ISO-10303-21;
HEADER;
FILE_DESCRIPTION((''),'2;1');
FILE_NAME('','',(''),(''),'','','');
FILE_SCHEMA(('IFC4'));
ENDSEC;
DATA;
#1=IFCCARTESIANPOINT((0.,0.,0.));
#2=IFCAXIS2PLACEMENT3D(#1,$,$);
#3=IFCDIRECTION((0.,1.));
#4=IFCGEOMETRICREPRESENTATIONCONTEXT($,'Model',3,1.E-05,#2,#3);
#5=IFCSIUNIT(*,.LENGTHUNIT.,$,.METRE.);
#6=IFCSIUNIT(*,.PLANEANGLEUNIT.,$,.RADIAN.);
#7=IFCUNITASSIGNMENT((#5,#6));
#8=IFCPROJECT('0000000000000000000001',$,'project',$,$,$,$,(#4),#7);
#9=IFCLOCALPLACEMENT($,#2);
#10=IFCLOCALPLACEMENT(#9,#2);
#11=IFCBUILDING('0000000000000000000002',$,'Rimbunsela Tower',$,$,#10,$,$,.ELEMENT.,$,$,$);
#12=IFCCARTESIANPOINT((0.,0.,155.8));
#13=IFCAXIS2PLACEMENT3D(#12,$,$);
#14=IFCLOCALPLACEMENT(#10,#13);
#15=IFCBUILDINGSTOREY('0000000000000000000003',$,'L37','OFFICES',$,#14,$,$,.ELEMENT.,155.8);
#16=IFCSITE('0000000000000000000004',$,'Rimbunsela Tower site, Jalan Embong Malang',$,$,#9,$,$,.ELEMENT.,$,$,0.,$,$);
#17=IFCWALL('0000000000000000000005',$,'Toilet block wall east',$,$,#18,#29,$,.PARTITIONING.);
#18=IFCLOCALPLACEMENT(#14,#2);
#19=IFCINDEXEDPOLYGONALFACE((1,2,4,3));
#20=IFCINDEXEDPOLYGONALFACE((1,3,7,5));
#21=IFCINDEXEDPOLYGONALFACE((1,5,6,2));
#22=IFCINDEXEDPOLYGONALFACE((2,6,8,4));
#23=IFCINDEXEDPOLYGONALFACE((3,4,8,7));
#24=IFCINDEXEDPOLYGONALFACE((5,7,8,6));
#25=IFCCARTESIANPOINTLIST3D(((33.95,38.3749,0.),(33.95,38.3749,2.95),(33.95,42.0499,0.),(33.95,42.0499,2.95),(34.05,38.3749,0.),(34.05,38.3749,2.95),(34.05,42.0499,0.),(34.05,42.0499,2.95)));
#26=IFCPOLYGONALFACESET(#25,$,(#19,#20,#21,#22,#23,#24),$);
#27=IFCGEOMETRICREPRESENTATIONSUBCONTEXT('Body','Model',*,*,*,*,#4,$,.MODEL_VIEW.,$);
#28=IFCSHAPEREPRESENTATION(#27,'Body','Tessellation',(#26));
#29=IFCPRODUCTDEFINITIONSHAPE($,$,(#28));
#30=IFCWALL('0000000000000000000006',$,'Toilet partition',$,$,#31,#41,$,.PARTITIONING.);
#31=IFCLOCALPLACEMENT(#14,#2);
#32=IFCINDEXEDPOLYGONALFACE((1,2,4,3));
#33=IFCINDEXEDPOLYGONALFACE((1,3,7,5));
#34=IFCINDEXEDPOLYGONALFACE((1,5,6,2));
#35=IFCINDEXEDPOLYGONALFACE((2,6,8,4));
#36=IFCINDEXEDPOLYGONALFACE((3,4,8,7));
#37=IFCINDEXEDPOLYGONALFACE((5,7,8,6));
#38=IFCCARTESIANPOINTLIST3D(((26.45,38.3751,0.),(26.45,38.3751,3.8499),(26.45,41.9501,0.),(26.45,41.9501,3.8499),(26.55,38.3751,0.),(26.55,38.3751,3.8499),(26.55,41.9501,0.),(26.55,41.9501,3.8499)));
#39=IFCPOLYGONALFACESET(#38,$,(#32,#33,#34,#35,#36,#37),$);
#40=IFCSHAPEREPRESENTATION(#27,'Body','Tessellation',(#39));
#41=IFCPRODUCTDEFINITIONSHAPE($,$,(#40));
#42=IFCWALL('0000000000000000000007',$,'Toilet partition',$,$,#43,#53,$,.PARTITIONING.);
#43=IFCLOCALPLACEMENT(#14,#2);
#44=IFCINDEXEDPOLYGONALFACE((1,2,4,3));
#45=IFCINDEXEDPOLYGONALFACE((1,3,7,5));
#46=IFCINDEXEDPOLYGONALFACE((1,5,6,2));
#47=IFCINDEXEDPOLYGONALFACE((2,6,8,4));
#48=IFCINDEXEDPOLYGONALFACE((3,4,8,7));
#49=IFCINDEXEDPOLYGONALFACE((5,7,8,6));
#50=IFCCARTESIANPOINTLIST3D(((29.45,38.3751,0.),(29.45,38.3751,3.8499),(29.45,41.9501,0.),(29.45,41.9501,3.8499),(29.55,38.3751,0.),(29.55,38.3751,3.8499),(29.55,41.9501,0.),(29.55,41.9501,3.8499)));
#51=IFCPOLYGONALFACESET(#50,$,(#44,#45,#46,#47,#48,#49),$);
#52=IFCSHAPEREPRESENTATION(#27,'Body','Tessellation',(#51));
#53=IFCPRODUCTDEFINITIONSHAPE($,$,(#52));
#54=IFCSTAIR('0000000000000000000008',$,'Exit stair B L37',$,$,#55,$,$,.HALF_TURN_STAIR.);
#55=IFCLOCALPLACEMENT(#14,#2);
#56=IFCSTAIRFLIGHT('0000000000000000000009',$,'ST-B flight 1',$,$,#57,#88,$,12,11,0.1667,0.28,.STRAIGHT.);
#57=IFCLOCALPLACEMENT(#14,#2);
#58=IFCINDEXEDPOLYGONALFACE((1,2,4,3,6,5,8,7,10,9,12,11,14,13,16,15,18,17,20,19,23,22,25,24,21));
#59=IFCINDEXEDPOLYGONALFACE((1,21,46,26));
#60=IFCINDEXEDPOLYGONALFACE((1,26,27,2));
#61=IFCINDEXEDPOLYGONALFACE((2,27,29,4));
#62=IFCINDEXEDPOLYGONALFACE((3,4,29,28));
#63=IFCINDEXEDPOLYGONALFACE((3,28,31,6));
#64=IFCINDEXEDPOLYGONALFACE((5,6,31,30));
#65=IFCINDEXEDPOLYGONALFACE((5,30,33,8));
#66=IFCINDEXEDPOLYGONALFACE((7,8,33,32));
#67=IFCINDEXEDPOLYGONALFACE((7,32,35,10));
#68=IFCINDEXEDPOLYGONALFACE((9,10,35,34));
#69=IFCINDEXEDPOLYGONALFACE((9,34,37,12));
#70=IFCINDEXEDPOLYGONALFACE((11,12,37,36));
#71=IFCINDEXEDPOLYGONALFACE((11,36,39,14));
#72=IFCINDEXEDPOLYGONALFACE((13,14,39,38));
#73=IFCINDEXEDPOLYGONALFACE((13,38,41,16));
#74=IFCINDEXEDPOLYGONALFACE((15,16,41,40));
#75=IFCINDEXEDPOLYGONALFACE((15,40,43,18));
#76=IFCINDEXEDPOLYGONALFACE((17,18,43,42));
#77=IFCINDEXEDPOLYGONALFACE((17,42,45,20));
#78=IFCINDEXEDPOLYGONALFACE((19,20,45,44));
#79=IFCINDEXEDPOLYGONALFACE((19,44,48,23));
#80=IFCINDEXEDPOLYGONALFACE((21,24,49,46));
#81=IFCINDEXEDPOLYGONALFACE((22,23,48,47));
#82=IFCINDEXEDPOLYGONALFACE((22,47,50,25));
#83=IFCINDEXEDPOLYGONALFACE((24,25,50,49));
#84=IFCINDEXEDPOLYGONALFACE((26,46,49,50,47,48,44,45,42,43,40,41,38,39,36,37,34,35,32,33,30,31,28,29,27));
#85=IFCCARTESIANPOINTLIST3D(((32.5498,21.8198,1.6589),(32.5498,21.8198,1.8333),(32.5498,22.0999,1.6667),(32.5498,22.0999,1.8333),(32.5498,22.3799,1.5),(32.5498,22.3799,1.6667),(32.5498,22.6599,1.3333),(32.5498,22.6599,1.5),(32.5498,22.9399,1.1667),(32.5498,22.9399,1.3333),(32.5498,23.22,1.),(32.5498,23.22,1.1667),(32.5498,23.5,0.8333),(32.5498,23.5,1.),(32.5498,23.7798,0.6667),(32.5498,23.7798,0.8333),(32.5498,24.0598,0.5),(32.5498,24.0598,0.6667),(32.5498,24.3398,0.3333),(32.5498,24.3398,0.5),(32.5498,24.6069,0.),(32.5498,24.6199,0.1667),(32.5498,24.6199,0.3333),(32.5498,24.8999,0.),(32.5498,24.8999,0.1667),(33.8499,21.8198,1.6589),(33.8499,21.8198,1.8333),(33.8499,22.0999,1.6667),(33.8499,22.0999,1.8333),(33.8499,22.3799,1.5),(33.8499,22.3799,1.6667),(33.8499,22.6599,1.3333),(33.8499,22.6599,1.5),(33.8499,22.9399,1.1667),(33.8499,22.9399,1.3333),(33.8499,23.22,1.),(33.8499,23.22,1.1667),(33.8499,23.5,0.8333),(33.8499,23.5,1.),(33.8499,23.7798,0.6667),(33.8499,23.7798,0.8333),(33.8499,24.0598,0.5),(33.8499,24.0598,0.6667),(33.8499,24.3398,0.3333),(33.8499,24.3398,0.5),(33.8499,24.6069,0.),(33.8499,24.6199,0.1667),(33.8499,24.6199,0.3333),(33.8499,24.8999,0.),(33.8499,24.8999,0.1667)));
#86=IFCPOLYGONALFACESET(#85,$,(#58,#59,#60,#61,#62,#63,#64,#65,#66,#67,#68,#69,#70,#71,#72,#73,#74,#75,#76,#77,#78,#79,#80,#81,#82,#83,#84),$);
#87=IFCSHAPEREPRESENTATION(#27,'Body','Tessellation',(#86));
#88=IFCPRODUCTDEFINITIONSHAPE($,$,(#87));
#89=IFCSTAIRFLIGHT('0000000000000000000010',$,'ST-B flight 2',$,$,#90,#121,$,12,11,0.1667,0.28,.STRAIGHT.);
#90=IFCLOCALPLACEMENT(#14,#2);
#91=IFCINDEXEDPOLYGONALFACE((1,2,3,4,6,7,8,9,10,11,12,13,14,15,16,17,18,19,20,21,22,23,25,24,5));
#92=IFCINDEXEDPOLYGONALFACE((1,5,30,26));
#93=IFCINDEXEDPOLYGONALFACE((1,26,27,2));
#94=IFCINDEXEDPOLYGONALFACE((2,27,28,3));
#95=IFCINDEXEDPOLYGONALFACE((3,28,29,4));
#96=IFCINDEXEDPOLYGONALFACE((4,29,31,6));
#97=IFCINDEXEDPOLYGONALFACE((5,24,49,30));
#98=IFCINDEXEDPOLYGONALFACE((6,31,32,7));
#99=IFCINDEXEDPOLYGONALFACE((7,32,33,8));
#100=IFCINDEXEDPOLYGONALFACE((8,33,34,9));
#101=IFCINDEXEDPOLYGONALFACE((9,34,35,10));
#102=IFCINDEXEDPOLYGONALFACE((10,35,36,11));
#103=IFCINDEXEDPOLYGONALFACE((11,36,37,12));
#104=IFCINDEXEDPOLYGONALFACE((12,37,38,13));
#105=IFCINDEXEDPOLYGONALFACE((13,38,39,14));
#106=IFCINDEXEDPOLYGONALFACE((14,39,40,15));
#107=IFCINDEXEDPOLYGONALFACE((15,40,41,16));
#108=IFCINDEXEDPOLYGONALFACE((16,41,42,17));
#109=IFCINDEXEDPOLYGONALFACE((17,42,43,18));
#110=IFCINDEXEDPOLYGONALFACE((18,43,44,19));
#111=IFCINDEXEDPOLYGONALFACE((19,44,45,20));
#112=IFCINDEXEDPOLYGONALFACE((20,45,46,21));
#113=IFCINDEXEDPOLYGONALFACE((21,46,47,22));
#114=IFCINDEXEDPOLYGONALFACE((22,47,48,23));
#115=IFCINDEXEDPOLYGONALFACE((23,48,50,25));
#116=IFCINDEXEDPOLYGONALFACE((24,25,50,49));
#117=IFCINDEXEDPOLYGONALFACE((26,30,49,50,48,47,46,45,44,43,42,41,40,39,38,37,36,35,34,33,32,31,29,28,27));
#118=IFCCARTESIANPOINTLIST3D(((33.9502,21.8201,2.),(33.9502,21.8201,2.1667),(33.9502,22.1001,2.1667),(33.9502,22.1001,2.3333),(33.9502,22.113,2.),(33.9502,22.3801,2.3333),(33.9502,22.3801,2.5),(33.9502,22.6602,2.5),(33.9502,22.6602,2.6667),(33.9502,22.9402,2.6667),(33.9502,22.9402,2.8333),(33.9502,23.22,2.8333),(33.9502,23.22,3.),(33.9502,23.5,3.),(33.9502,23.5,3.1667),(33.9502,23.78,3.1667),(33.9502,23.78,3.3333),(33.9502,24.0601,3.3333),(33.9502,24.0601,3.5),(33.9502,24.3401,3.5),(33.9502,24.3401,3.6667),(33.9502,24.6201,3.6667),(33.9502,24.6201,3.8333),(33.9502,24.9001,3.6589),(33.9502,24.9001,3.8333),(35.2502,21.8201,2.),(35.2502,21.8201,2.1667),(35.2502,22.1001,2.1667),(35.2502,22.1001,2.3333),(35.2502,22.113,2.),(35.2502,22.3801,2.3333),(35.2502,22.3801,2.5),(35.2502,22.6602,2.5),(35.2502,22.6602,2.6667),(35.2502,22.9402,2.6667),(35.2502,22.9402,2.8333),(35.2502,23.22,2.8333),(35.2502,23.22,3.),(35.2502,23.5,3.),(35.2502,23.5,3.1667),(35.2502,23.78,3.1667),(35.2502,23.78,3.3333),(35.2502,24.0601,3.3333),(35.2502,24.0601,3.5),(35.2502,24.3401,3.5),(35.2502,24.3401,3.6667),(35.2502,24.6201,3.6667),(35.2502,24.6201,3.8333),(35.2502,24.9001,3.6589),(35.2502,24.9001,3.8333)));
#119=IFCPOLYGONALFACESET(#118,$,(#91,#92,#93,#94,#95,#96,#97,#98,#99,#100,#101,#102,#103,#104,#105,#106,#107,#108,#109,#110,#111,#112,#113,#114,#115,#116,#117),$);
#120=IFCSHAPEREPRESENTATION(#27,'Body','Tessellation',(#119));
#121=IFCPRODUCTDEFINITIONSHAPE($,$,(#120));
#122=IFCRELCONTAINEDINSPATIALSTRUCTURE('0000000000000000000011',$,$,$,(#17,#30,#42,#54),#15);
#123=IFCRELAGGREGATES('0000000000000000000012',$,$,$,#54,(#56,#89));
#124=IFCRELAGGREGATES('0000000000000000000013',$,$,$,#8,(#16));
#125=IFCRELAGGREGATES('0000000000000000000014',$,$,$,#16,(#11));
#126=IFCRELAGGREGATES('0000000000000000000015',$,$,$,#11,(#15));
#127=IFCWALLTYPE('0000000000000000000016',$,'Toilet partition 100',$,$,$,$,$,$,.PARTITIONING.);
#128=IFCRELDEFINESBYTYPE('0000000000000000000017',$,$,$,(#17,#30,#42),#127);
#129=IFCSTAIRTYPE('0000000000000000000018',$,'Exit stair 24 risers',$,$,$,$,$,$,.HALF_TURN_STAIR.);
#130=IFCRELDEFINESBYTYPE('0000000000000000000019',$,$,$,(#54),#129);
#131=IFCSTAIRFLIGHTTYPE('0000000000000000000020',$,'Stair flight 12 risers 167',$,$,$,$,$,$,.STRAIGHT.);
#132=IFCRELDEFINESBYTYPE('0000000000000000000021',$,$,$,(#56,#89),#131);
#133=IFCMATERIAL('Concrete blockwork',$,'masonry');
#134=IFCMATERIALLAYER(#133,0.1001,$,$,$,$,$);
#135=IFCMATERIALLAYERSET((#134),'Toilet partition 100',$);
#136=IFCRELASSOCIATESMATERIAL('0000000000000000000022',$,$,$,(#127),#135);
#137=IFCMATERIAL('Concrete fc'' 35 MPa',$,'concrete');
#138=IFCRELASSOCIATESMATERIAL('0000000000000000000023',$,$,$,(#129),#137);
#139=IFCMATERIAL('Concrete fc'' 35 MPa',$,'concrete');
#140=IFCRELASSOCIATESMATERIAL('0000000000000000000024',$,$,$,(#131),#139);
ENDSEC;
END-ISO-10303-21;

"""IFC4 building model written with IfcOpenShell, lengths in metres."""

from ifc_helpers import new_model, si_unit, direction, frame, frame_2d, origin, place, context, subcontext, project, spatial, polyline, rectangle, outline, extrude, material, layer, layer_set, type_object, element, aggregate, save


model = new_model("IFC4")

# Units and contexts
model_context = context("Model", 3, precision=1e-05, world=origin(), true_north=direction((0.0, 1.0)))
body_context = subcontext(model_context, "Body", "Model", "MODEL_VIEW")
ifc_project = project(units=[si_unit("LENGTHUNIT", "METRE"), si_unit("PLANEANGLEUNIT", "RADIAN")], contexts=[model_context])

# Site, building, storey
site_placement = place(None, origin())
site = spatial("IfcSite", under=ifc_project, at=site_placement, Name="Rimbunsela Tower site, Jalan Embong Malang", CompositionType="ELEMENT", RefElevation=0.0)
building_placement = place(site_placement, origin())
building = spatial("IfcBuilding", under=site, at=building_placement, Name="Rimbunsela Tower", CompositionType="ELEMENT")
storey_placement = place(building_placement, frame((0.0, 0.0, 155.8)))
storey = spatial("IfcBuildingStorey", under=building, at=storey_placement, Name="L37", Description="OFFICES", CompositionType="ELEMENT", Elevation=155.8)

# Walls
ifc_material_1 = material(Name="Concrete blockwork", Category="masonry")
ifc_layer_1 = layer(ifc_material_1, 0.1001)
ifc_layer_set_1 = layer_set([ifc_layer_1], Name="Toilet partition 100")
wall_type_1 = type_object("IfcWallType", Name="Toilet partition 100", PredefinedType="PARTITIONING", material=ifc_layer_set_1)
wall_1_placement = place(storey_placement, frame((34.0, 38.375, 0.0), z_axis=(0.0, 0.0, 1.0), x_axis=(0.0, 1.0, 0.0)))
element("IfcWall", 1, at=wall_1_placement, inside=storey, type_object=wall_type_1, Name="Toilet block wall east", PredefinedType="PARTITIONING", context=body_context, shape_type="SweptSolid", body=[
    extrude(rectangle(XDim=3.675, YDim=0.1001, at=frame_2d((1.8374, 0.0))), origin(), (0.0, 0.0, 1.0), 2.95),
])
for number, where, z_axis, x_axis, name in (
    (2, (26.5, 38.375, 0.0), (0.0, 0.0, 1.0), (0.0, 1.0, 0.0), "Toilet partition"),
    (3, (29.5, 38.375, 0.0), (0.0, 0.0, 1.0), (0.0, 1.0, 0.0), "Toilet partition"),
):
    element("IfcWall", number, at=place(storey_placement, frame(where, z_axis=z_axis, x_axis=x_axis)), inside=storey, type_object=wall_type_1, Name=name, PredefinedType="PARTITIONING", context=body_context, shape_type="SweptSolid", body=[
        extrude(rectangle(XDim=3.575, YDim=0.1001, at=frame_2d((1.7876, 0.0))), origin(), (0.0, 0.0, 1.0), 3.8499),
    ])

# Stair, stair flights
ifc_material_2 = material(Name="Concrete fc' 35 MPa", Category="concrete")
stair_type = type_object("IfcStairType", Name="Exit stair 24 risers", PredefinedType="HALF_TURN_STAIR", material=ifc_material_2)
stair_placement = place(storey_placement, origin())
stair = element("IfcStair", 4, at=stair_placement, inside=storey, type_object=stair_type, Name="Exit stair B L37", PredefinedType="HALF_TURN_STAIR")
ifc_material_3 = material(Name="Concrete fc' 35 MPa", Category="concrete")
stair_flight_type = type_object("IfcStairFlightType", Name="Stair flight 12 risers 167", PredefinedType="STRAIGHT", material=ifc_material_3)
stair_flight_1_placement = place(storey_placement, frame((33.2, 24.8999, 0.0), z_axis=(0.0, 0.0, 1.0), x_axis=(0.0, -1.0, 0.0)))
stair_flight_1 = element("IfcStairFlight", 5, at=stair_flight_1_placement, type_object=stair_flight_type, Name="ST-B flight 1", NumberOfRisers=12, NumberOfTreads=11, PredefinedType="STRAIGHT", RiserHeight=0.1667, TreadLength=0.28, context=body_context, shape_type="SweptSolid", body=[
    extrude(outline(polyline([(0.0, 0.0), (0.0, 0.1667), (0.28, 0.1667), (0.28, 0.3333), (0.5601, 0.3333), (0.5601, 0.5), (0.8401, 0.5), (0.8401, 0.6667), (1.1201, 0.6667), (1.1201, 0.8333), (1.3999, 0.8333), (1.3999, 1.0), (1.6799, 1.0), (1.6799, 1.1667), (1.96, 1.1667), (1.96, 1.3333), (2.24, 1.3333), (2.24, 1.5), (2.52, 1.5), (2.52, 1.6667), (2.8, 1.6667), (2.8, 1.8333), (3.0801, 1.8333), (3.0801, 2.0), (3.0801, 1.6589), (0.293, 0.0), (0.0, 0.0)])), frame((0.0, 0.6499, 0.0), z_axis=(0.0, -1.0, 0.0), x_axis=(1.0, 0.0, 0.0)), (0.0, 0.0, 1.0), 1.3),
])
stair_flight_2_placement = place(storey_placement, frame((34.6001, 21.8201, 2.0), z_axis=(0.0, 0.0, 1.0), x_axis=(0.0, 1.0, 0.0)))
stair_flight_2 = element("IfcStairFlight", 6, at=stair_flight_2_placement, type_object=stair_flight_type, Name="ST-B flight 2", NumberOfRisers=12, NumberOfTreads=11, PredefinedType="STRAIGHT", RiserHeight=0.1667, TreadLength=0.28, context=body_context, shape_type="SweptSolid", body=[
    extrude(outline(polyline([(0.0, 0.0), (0.0, 0.1667), (0.28, 0.1667), (0.28, 0.3333), (0.5601, 0.3333), (0.5601, 0.5), (0.8401, 0.5), (0.8401, 0.6667), (1.1201, 0.6667), (1.1201, 0.8333), (1.3999, 0.8333), (1.3999, 1.0), (1.6799, 1.0), (1.6799, 1.1667), (1.96, 1.1667), (1.96, 1.3333), (2.24, 1.3333), (2.24, 1.5), (2.52, 1.5), (2.52, 1.6667), (2.8, 1.6667), (2.8, 1.8333), (3.0801, 1.8333), (3.0801, 2.0), (3.0801, 1.6589), (0.293, 0.0), (0.0, 0.0)])), frame((0.0, 0.6499, 0.0), z_axis=(0.0, -1.0, 0.0), x_axis=(1.0, 0.0, 0.0)), (0.0, 0.0, 1.0), 1.3),
])
aggregate(stair, [stair_flight_1, stair_flight_2])

save(model, "model.ifc")
